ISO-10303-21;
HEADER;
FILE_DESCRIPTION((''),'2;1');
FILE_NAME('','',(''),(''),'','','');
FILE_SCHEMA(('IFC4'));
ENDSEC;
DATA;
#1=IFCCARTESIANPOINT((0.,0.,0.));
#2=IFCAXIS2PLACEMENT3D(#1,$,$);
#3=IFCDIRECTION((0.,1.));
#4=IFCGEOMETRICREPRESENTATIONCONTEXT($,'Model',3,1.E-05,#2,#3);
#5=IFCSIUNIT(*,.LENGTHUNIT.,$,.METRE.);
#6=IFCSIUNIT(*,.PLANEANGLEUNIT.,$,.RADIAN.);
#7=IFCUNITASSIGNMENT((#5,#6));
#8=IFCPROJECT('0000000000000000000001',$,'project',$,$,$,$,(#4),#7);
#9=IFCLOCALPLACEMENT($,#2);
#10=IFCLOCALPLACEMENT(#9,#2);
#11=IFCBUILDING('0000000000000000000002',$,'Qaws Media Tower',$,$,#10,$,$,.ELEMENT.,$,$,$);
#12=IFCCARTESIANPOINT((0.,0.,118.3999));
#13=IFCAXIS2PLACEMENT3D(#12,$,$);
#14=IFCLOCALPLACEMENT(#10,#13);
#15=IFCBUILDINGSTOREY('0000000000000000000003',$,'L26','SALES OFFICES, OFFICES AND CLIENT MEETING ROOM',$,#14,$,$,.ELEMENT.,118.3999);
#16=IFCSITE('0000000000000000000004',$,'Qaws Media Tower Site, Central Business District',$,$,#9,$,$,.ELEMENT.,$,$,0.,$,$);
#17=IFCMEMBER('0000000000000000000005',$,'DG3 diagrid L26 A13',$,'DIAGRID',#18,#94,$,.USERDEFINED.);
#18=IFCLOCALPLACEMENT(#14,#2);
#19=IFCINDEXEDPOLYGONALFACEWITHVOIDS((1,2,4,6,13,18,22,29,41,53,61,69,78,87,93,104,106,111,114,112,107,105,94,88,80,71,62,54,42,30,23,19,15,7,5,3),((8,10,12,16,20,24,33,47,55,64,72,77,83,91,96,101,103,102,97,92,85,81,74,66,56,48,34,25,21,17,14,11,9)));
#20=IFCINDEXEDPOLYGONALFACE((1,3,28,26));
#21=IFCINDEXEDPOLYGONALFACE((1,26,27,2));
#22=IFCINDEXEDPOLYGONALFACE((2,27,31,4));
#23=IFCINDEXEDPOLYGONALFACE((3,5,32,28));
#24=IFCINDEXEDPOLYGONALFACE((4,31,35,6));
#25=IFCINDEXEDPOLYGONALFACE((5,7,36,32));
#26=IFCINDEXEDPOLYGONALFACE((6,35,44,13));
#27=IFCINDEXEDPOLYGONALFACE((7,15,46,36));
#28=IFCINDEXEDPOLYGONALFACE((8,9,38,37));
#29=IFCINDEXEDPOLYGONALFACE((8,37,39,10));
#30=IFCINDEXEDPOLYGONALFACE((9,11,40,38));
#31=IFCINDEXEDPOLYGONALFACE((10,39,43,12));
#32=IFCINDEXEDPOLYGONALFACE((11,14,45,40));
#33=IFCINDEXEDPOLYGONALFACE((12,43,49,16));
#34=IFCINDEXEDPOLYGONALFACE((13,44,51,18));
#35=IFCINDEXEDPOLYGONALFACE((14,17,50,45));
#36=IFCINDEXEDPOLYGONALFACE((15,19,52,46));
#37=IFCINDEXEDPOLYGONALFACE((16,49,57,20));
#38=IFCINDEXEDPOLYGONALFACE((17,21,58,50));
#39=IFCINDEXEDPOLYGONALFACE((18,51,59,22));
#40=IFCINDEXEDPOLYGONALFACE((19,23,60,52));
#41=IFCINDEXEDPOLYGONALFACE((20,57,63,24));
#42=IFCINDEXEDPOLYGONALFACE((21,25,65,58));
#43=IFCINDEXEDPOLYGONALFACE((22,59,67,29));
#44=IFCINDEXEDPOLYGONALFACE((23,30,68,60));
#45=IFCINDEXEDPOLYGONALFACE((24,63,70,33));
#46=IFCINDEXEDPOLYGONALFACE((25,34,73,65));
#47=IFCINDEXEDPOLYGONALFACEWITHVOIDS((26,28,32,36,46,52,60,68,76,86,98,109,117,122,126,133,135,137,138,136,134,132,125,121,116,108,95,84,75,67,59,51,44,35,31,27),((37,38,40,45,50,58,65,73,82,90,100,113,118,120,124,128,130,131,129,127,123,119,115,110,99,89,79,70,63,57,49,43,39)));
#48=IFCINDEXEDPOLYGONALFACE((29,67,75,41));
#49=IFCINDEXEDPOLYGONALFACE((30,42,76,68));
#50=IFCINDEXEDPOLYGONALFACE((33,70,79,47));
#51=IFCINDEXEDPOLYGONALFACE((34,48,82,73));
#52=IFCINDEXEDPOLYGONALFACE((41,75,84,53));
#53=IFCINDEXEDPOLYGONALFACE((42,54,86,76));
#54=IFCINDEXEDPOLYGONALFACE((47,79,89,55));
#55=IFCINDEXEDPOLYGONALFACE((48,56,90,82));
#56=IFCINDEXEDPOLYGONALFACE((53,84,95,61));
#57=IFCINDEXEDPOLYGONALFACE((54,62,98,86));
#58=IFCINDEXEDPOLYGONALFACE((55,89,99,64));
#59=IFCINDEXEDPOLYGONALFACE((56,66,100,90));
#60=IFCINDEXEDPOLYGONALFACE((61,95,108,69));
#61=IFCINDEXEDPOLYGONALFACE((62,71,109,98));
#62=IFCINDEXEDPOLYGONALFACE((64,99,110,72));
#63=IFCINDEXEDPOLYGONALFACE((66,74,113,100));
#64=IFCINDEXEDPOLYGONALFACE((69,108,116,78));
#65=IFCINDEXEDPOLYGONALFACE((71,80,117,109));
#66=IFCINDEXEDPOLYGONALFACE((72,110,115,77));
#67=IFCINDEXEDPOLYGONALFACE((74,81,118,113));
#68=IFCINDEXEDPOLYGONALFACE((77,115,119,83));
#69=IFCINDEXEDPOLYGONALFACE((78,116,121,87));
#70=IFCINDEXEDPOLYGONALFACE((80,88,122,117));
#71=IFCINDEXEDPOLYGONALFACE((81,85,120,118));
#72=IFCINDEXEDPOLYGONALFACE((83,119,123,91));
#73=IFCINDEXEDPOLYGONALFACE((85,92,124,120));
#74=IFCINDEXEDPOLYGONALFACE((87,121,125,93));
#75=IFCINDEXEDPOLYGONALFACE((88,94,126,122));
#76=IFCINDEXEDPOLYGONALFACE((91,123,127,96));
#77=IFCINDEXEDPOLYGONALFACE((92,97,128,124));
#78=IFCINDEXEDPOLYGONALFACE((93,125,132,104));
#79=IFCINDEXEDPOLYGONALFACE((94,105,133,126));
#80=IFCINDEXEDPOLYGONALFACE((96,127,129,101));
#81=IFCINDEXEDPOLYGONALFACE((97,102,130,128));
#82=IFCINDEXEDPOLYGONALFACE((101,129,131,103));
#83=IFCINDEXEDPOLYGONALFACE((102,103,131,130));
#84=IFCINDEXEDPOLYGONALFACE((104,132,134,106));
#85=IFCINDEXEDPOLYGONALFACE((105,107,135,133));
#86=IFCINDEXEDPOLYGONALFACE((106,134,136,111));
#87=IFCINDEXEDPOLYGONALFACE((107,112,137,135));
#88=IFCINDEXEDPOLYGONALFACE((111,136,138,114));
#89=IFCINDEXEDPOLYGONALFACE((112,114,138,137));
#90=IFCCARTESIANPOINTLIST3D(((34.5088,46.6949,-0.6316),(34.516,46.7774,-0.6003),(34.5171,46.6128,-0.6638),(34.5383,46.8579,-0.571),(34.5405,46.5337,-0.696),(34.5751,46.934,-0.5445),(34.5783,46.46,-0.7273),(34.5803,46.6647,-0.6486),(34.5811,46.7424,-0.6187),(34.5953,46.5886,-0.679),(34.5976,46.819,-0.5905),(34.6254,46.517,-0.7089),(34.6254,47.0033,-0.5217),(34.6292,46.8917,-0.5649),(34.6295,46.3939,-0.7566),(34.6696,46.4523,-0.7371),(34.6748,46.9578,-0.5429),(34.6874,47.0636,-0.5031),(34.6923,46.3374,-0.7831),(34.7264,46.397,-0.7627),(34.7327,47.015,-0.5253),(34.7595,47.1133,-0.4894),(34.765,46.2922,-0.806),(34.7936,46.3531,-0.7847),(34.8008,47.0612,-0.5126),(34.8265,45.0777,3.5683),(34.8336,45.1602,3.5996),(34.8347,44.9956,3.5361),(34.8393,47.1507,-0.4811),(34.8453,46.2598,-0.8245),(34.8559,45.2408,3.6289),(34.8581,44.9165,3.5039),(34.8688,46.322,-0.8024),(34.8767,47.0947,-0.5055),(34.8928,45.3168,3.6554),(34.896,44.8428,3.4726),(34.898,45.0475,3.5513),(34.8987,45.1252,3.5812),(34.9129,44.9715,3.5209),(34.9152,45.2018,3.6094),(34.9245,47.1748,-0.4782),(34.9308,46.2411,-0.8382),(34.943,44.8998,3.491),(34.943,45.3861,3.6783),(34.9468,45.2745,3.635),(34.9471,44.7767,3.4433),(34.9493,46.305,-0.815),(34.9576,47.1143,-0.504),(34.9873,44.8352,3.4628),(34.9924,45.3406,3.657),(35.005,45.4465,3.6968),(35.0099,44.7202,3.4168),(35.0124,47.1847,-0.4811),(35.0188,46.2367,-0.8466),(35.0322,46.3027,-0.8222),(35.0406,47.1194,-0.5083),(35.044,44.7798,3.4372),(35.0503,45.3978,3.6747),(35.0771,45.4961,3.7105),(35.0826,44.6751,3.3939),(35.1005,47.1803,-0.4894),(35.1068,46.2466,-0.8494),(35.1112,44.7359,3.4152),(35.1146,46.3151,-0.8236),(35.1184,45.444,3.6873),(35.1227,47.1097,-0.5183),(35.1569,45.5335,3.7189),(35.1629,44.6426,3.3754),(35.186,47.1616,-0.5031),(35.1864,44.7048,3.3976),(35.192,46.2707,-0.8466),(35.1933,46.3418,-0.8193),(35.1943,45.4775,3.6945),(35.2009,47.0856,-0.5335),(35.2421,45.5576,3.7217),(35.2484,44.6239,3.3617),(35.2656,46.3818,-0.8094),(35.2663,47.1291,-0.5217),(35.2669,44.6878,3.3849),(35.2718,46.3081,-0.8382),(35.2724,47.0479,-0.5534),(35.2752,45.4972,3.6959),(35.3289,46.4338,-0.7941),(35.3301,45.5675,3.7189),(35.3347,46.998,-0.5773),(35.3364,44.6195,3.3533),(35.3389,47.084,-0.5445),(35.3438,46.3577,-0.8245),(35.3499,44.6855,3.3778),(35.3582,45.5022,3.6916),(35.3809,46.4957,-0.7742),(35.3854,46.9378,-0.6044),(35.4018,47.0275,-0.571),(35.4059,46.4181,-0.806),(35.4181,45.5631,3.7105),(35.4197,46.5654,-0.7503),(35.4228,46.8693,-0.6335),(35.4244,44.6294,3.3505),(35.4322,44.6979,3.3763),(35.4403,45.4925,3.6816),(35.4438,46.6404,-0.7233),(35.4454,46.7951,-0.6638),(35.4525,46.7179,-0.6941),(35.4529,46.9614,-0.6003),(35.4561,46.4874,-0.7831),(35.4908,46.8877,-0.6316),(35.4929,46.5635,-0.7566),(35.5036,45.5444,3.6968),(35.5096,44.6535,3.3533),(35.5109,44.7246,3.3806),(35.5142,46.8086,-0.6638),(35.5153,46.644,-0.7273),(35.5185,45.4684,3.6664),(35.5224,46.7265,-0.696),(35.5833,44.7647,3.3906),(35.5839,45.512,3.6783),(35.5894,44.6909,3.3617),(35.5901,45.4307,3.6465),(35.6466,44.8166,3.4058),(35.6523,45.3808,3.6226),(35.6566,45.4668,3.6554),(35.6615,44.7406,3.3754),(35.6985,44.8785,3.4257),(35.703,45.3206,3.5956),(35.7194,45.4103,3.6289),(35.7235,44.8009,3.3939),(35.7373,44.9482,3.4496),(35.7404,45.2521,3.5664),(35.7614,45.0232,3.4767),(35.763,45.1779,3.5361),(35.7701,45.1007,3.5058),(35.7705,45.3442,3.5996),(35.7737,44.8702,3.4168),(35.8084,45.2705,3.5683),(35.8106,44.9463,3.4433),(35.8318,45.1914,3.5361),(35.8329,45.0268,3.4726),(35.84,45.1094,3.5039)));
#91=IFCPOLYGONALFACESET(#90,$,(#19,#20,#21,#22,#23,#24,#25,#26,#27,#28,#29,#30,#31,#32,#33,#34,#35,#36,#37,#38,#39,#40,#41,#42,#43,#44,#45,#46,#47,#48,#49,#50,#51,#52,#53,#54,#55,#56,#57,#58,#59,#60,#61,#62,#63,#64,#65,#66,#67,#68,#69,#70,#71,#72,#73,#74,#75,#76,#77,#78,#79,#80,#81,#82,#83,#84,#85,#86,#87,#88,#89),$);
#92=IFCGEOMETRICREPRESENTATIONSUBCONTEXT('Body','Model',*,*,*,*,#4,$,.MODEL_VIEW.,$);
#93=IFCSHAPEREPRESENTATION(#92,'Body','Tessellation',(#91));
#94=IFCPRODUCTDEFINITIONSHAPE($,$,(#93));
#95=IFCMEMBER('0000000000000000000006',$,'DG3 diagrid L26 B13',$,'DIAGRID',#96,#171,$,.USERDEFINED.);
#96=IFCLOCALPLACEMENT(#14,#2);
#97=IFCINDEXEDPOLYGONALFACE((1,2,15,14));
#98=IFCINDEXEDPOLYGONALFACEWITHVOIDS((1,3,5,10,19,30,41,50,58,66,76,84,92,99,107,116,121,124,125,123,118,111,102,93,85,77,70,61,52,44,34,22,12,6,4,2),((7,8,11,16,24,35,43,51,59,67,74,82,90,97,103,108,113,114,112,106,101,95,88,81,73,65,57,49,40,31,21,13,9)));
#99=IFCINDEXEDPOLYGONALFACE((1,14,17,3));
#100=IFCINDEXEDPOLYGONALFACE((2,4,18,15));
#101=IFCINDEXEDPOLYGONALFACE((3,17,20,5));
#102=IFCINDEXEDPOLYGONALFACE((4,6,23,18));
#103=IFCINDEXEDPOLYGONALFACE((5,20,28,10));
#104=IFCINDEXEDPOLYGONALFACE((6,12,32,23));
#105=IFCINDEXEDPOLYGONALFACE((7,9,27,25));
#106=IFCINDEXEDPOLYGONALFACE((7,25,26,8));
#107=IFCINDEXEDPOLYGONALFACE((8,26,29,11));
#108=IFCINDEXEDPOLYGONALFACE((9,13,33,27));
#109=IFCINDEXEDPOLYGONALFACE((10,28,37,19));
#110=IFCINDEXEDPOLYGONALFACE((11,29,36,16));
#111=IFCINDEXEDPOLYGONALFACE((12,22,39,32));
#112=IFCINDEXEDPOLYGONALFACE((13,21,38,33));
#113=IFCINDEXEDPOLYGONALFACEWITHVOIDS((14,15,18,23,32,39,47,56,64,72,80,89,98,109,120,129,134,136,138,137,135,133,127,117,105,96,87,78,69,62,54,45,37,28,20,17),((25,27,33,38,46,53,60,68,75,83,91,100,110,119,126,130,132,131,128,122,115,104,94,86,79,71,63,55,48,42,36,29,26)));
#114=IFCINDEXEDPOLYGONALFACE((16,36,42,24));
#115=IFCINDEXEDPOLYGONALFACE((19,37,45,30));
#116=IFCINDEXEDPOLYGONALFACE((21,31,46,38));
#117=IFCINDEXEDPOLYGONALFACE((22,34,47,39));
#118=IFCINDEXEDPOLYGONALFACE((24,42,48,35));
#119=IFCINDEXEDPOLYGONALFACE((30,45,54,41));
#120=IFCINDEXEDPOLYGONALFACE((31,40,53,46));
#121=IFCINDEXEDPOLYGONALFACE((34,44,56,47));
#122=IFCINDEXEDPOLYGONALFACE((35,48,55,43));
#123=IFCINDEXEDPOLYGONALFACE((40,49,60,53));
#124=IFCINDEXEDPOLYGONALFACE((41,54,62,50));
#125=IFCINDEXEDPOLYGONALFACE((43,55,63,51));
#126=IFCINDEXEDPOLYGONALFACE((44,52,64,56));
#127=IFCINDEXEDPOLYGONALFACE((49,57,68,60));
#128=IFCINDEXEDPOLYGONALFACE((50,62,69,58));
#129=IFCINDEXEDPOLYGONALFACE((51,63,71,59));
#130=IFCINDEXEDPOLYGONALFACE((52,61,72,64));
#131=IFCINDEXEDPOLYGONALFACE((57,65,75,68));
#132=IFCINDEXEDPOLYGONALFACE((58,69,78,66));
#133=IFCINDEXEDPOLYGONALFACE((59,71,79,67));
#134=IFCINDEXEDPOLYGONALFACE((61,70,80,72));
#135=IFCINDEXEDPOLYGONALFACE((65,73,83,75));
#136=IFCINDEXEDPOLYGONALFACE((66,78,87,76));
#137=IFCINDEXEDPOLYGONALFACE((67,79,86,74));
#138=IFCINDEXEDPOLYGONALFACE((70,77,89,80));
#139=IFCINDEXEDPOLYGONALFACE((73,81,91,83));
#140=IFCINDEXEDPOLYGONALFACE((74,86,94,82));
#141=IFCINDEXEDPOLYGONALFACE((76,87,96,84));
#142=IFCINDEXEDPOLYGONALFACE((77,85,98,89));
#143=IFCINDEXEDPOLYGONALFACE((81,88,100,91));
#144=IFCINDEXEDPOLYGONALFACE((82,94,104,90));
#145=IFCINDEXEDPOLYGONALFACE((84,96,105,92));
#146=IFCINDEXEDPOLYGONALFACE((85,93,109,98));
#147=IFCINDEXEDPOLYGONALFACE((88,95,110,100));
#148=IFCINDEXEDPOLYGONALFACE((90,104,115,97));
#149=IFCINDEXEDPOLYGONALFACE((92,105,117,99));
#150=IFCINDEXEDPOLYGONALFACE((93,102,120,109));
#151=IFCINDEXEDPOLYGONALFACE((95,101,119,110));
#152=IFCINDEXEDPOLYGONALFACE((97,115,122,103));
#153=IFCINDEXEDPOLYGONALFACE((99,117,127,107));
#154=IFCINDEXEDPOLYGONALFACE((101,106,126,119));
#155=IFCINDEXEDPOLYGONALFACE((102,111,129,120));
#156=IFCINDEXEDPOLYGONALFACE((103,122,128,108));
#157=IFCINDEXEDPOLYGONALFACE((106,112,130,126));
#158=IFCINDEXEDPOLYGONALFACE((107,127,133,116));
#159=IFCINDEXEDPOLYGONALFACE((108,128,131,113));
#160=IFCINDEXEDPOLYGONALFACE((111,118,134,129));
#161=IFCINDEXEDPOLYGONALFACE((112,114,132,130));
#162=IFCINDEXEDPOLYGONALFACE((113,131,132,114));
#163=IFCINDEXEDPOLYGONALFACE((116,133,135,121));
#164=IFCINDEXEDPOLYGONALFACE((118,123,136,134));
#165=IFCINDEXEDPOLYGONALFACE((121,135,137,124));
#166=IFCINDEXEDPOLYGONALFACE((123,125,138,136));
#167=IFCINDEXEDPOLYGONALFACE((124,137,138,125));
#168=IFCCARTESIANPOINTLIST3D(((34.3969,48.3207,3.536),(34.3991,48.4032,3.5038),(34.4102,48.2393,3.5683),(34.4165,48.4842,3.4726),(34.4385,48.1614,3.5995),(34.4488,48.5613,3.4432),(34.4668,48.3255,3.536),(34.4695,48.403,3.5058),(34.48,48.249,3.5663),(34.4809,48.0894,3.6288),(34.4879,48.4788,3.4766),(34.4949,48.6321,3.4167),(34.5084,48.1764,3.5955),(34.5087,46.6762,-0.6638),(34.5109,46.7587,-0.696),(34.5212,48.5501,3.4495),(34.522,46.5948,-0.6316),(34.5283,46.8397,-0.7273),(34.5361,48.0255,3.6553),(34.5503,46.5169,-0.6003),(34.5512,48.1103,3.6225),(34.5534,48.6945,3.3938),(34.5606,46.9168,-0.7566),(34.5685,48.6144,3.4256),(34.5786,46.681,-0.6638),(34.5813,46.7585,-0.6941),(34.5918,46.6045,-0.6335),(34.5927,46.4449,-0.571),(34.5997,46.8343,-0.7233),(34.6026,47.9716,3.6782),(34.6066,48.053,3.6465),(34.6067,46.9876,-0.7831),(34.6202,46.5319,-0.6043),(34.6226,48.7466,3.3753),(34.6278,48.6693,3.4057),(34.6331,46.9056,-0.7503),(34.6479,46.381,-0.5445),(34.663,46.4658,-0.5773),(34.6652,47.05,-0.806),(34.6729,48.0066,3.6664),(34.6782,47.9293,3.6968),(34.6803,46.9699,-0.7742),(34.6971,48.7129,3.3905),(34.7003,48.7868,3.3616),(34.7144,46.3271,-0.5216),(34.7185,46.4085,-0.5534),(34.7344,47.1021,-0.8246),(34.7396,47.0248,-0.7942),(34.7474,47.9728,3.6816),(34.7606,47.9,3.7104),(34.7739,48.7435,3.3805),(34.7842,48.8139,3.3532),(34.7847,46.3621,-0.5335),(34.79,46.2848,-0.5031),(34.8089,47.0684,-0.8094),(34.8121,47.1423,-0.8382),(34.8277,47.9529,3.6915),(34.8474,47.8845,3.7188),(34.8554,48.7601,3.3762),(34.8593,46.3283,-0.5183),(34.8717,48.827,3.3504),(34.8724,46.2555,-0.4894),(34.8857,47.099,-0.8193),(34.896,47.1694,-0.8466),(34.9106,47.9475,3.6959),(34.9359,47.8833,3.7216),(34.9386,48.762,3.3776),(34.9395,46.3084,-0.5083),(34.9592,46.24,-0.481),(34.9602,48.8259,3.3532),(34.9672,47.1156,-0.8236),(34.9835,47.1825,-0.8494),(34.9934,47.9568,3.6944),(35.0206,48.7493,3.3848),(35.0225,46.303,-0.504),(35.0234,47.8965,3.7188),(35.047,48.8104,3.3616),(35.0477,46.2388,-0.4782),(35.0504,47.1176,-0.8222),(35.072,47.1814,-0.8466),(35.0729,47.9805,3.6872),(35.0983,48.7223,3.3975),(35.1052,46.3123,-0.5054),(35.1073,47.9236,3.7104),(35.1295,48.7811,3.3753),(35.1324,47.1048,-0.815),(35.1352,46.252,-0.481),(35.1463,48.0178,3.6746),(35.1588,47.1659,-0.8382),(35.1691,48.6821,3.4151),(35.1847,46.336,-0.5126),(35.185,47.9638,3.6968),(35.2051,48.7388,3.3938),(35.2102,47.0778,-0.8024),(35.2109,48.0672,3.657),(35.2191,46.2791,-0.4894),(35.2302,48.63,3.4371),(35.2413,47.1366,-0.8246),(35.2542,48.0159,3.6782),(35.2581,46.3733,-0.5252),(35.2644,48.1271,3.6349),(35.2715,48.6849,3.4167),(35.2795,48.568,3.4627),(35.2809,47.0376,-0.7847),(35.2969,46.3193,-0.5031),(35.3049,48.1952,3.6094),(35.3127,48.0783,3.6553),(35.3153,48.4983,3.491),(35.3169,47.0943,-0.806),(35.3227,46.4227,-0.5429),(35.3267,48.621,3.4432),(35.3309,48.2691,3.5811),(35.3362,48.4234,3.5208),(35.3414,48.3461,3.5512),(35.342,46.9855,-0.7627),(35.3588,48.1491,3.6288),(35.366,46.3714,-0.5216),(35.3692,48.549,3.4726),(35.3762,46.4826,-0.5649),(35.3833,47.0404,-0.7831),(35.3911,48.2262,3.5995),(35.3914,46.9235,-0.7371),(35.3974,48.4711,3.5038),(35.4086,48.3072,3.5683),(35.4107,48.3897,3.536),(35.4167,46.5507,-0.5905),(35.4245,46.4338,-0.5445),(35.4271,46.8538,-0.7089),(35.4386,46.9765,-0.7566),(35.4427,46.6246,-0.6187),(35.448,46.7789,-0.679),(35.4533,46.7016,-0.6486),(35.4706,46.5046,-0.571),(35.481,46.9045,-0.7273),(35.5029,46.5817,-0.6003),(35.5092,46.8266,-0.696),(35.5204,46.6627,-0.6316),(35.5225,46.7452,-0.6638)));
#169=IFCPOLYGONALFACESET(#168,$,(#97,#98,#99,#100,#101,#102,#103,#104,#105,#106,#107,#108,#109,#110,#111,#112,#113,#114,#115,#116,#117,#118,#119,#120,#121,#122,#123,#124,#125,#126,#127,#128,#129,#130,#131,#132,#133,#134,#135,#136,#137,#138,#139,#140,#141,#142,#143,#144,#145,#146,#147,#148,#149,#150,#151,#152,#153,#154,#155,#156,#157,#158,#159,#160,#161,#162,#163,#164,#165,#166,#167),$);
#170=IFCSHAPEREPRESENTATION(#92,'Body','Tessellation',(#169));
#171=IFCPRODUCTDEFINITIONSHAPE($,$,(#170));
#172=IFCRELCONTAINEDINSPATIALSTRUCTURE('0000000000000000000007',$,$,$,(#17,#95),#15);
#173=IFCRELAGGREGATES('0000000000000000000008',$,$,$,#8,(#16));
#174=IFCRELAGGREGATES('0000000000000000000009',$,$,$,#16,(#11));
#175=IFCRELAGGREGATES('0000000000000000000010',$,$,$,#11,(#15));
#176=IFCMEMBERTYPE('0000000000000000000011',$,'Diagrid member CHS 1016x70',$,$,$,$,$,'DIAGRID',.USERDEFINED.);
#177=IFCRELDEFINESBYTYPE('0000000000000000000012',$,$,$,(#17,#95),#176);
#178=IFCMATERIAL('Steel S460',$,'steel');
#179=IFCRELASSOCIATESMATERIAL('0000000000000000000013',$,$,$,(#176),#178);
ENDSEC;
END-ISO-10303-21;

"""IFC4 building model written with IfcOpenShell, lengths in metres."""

from ifc_helpers import new_model, si_unit, direction, frame, origin, origin_2d, place, context, subcontext, project, spatial, hollow_circle, extrude, material, material_profile, profile_set, type_object, element, save


model = new_model("IFC4")

# Units and contexts
model_context = context("Model", 3, precision=1e-05, world=origin(), true_north=direction((0.0, 1.0)))
body_context = subcontext(model_context, "Body", "Model", "MODEL_VIEW")
ifc_project = project(units=[si_unit("LENGTHUNIT", "METRE"), si_unit("PLANEANGLEUNIT", "RADIAN")], contexts=[model_context])

# Site, building, storey
site_placement = place(None, origin())
site = spatial("IfcSite", under=ifc_project, at=site_placement, Name="Qaws Media Tower Site, Central Business District", CompositionType="ELEMENT", RefElevation=0.0)
building_placement = place(site_placement, origin())
building = spatial("IfcBuilding", under=site, at=building_placement, Name="Qaws Media Tower", CompositionType="ELEMENT")
storey_placement = place(building_placement, frame((0.0, 0.0, 118.3999)))
storey = spatial("IfcBuildingStorey", under=building, at=storey_placement, Name="L26", Description="SALES OFFICES, OFFICES AND CLIENT MEETING ROOM", CompositionType="ELEMENT", Elevation=118.3999)

# Members
ifc_material_1 = material(Name="Steel S460", Category="steel")
ifc_material_profile_1 = material_profile(ifc_material_1, hollow_circle(Radius=0.5081, WallThickness=0.0701, at=origin_2d()), Name="CHS 1016x70")
ifc_profile_set_1 = profile_set([ifc_material_profile_1], Name="Steel S460")
member_type_1 = type_object("IfcMemberType", Name="Diagrid member CHS 1016x70", ElementType="DIAGRID", PredefinedType="USERDEFINED", material=ifc_profile_set_1)
for number, where, z_axis, x_axis, name in (
    (1, (35.0156, 46.7107, -0.6638), (0.0704, -0.35844, 0.930894), (0.981253, 0.192725, 0.0), "DG3 diagrid L26 A13"),
    (2, (35.0156, 46.7107, -0.6638), (-0.024783, 0.364493, 0.930876), (-0.997696, -0.067836, 0.0), "DG3 diagrid L26 B13"),
):
    element("IfcMember", number, at=place(storey_placement, frame(where, z_axis=z_axis, x_axis=x_axis)), inside=storey, type_object=member_type_1, Name=name, ObjectType="DIAGRID", PredefinedType="USERDEFINED", context=body_context, shape_type="SweptSolid", body=[
        extrude(hollow_circle(Radius=0.5081, WallThickness=0.0701, at=origin_2d()), origin(), (0.0, 0.0, 1.0), 4.5117),
    ])

save(model, "model.ifc")
